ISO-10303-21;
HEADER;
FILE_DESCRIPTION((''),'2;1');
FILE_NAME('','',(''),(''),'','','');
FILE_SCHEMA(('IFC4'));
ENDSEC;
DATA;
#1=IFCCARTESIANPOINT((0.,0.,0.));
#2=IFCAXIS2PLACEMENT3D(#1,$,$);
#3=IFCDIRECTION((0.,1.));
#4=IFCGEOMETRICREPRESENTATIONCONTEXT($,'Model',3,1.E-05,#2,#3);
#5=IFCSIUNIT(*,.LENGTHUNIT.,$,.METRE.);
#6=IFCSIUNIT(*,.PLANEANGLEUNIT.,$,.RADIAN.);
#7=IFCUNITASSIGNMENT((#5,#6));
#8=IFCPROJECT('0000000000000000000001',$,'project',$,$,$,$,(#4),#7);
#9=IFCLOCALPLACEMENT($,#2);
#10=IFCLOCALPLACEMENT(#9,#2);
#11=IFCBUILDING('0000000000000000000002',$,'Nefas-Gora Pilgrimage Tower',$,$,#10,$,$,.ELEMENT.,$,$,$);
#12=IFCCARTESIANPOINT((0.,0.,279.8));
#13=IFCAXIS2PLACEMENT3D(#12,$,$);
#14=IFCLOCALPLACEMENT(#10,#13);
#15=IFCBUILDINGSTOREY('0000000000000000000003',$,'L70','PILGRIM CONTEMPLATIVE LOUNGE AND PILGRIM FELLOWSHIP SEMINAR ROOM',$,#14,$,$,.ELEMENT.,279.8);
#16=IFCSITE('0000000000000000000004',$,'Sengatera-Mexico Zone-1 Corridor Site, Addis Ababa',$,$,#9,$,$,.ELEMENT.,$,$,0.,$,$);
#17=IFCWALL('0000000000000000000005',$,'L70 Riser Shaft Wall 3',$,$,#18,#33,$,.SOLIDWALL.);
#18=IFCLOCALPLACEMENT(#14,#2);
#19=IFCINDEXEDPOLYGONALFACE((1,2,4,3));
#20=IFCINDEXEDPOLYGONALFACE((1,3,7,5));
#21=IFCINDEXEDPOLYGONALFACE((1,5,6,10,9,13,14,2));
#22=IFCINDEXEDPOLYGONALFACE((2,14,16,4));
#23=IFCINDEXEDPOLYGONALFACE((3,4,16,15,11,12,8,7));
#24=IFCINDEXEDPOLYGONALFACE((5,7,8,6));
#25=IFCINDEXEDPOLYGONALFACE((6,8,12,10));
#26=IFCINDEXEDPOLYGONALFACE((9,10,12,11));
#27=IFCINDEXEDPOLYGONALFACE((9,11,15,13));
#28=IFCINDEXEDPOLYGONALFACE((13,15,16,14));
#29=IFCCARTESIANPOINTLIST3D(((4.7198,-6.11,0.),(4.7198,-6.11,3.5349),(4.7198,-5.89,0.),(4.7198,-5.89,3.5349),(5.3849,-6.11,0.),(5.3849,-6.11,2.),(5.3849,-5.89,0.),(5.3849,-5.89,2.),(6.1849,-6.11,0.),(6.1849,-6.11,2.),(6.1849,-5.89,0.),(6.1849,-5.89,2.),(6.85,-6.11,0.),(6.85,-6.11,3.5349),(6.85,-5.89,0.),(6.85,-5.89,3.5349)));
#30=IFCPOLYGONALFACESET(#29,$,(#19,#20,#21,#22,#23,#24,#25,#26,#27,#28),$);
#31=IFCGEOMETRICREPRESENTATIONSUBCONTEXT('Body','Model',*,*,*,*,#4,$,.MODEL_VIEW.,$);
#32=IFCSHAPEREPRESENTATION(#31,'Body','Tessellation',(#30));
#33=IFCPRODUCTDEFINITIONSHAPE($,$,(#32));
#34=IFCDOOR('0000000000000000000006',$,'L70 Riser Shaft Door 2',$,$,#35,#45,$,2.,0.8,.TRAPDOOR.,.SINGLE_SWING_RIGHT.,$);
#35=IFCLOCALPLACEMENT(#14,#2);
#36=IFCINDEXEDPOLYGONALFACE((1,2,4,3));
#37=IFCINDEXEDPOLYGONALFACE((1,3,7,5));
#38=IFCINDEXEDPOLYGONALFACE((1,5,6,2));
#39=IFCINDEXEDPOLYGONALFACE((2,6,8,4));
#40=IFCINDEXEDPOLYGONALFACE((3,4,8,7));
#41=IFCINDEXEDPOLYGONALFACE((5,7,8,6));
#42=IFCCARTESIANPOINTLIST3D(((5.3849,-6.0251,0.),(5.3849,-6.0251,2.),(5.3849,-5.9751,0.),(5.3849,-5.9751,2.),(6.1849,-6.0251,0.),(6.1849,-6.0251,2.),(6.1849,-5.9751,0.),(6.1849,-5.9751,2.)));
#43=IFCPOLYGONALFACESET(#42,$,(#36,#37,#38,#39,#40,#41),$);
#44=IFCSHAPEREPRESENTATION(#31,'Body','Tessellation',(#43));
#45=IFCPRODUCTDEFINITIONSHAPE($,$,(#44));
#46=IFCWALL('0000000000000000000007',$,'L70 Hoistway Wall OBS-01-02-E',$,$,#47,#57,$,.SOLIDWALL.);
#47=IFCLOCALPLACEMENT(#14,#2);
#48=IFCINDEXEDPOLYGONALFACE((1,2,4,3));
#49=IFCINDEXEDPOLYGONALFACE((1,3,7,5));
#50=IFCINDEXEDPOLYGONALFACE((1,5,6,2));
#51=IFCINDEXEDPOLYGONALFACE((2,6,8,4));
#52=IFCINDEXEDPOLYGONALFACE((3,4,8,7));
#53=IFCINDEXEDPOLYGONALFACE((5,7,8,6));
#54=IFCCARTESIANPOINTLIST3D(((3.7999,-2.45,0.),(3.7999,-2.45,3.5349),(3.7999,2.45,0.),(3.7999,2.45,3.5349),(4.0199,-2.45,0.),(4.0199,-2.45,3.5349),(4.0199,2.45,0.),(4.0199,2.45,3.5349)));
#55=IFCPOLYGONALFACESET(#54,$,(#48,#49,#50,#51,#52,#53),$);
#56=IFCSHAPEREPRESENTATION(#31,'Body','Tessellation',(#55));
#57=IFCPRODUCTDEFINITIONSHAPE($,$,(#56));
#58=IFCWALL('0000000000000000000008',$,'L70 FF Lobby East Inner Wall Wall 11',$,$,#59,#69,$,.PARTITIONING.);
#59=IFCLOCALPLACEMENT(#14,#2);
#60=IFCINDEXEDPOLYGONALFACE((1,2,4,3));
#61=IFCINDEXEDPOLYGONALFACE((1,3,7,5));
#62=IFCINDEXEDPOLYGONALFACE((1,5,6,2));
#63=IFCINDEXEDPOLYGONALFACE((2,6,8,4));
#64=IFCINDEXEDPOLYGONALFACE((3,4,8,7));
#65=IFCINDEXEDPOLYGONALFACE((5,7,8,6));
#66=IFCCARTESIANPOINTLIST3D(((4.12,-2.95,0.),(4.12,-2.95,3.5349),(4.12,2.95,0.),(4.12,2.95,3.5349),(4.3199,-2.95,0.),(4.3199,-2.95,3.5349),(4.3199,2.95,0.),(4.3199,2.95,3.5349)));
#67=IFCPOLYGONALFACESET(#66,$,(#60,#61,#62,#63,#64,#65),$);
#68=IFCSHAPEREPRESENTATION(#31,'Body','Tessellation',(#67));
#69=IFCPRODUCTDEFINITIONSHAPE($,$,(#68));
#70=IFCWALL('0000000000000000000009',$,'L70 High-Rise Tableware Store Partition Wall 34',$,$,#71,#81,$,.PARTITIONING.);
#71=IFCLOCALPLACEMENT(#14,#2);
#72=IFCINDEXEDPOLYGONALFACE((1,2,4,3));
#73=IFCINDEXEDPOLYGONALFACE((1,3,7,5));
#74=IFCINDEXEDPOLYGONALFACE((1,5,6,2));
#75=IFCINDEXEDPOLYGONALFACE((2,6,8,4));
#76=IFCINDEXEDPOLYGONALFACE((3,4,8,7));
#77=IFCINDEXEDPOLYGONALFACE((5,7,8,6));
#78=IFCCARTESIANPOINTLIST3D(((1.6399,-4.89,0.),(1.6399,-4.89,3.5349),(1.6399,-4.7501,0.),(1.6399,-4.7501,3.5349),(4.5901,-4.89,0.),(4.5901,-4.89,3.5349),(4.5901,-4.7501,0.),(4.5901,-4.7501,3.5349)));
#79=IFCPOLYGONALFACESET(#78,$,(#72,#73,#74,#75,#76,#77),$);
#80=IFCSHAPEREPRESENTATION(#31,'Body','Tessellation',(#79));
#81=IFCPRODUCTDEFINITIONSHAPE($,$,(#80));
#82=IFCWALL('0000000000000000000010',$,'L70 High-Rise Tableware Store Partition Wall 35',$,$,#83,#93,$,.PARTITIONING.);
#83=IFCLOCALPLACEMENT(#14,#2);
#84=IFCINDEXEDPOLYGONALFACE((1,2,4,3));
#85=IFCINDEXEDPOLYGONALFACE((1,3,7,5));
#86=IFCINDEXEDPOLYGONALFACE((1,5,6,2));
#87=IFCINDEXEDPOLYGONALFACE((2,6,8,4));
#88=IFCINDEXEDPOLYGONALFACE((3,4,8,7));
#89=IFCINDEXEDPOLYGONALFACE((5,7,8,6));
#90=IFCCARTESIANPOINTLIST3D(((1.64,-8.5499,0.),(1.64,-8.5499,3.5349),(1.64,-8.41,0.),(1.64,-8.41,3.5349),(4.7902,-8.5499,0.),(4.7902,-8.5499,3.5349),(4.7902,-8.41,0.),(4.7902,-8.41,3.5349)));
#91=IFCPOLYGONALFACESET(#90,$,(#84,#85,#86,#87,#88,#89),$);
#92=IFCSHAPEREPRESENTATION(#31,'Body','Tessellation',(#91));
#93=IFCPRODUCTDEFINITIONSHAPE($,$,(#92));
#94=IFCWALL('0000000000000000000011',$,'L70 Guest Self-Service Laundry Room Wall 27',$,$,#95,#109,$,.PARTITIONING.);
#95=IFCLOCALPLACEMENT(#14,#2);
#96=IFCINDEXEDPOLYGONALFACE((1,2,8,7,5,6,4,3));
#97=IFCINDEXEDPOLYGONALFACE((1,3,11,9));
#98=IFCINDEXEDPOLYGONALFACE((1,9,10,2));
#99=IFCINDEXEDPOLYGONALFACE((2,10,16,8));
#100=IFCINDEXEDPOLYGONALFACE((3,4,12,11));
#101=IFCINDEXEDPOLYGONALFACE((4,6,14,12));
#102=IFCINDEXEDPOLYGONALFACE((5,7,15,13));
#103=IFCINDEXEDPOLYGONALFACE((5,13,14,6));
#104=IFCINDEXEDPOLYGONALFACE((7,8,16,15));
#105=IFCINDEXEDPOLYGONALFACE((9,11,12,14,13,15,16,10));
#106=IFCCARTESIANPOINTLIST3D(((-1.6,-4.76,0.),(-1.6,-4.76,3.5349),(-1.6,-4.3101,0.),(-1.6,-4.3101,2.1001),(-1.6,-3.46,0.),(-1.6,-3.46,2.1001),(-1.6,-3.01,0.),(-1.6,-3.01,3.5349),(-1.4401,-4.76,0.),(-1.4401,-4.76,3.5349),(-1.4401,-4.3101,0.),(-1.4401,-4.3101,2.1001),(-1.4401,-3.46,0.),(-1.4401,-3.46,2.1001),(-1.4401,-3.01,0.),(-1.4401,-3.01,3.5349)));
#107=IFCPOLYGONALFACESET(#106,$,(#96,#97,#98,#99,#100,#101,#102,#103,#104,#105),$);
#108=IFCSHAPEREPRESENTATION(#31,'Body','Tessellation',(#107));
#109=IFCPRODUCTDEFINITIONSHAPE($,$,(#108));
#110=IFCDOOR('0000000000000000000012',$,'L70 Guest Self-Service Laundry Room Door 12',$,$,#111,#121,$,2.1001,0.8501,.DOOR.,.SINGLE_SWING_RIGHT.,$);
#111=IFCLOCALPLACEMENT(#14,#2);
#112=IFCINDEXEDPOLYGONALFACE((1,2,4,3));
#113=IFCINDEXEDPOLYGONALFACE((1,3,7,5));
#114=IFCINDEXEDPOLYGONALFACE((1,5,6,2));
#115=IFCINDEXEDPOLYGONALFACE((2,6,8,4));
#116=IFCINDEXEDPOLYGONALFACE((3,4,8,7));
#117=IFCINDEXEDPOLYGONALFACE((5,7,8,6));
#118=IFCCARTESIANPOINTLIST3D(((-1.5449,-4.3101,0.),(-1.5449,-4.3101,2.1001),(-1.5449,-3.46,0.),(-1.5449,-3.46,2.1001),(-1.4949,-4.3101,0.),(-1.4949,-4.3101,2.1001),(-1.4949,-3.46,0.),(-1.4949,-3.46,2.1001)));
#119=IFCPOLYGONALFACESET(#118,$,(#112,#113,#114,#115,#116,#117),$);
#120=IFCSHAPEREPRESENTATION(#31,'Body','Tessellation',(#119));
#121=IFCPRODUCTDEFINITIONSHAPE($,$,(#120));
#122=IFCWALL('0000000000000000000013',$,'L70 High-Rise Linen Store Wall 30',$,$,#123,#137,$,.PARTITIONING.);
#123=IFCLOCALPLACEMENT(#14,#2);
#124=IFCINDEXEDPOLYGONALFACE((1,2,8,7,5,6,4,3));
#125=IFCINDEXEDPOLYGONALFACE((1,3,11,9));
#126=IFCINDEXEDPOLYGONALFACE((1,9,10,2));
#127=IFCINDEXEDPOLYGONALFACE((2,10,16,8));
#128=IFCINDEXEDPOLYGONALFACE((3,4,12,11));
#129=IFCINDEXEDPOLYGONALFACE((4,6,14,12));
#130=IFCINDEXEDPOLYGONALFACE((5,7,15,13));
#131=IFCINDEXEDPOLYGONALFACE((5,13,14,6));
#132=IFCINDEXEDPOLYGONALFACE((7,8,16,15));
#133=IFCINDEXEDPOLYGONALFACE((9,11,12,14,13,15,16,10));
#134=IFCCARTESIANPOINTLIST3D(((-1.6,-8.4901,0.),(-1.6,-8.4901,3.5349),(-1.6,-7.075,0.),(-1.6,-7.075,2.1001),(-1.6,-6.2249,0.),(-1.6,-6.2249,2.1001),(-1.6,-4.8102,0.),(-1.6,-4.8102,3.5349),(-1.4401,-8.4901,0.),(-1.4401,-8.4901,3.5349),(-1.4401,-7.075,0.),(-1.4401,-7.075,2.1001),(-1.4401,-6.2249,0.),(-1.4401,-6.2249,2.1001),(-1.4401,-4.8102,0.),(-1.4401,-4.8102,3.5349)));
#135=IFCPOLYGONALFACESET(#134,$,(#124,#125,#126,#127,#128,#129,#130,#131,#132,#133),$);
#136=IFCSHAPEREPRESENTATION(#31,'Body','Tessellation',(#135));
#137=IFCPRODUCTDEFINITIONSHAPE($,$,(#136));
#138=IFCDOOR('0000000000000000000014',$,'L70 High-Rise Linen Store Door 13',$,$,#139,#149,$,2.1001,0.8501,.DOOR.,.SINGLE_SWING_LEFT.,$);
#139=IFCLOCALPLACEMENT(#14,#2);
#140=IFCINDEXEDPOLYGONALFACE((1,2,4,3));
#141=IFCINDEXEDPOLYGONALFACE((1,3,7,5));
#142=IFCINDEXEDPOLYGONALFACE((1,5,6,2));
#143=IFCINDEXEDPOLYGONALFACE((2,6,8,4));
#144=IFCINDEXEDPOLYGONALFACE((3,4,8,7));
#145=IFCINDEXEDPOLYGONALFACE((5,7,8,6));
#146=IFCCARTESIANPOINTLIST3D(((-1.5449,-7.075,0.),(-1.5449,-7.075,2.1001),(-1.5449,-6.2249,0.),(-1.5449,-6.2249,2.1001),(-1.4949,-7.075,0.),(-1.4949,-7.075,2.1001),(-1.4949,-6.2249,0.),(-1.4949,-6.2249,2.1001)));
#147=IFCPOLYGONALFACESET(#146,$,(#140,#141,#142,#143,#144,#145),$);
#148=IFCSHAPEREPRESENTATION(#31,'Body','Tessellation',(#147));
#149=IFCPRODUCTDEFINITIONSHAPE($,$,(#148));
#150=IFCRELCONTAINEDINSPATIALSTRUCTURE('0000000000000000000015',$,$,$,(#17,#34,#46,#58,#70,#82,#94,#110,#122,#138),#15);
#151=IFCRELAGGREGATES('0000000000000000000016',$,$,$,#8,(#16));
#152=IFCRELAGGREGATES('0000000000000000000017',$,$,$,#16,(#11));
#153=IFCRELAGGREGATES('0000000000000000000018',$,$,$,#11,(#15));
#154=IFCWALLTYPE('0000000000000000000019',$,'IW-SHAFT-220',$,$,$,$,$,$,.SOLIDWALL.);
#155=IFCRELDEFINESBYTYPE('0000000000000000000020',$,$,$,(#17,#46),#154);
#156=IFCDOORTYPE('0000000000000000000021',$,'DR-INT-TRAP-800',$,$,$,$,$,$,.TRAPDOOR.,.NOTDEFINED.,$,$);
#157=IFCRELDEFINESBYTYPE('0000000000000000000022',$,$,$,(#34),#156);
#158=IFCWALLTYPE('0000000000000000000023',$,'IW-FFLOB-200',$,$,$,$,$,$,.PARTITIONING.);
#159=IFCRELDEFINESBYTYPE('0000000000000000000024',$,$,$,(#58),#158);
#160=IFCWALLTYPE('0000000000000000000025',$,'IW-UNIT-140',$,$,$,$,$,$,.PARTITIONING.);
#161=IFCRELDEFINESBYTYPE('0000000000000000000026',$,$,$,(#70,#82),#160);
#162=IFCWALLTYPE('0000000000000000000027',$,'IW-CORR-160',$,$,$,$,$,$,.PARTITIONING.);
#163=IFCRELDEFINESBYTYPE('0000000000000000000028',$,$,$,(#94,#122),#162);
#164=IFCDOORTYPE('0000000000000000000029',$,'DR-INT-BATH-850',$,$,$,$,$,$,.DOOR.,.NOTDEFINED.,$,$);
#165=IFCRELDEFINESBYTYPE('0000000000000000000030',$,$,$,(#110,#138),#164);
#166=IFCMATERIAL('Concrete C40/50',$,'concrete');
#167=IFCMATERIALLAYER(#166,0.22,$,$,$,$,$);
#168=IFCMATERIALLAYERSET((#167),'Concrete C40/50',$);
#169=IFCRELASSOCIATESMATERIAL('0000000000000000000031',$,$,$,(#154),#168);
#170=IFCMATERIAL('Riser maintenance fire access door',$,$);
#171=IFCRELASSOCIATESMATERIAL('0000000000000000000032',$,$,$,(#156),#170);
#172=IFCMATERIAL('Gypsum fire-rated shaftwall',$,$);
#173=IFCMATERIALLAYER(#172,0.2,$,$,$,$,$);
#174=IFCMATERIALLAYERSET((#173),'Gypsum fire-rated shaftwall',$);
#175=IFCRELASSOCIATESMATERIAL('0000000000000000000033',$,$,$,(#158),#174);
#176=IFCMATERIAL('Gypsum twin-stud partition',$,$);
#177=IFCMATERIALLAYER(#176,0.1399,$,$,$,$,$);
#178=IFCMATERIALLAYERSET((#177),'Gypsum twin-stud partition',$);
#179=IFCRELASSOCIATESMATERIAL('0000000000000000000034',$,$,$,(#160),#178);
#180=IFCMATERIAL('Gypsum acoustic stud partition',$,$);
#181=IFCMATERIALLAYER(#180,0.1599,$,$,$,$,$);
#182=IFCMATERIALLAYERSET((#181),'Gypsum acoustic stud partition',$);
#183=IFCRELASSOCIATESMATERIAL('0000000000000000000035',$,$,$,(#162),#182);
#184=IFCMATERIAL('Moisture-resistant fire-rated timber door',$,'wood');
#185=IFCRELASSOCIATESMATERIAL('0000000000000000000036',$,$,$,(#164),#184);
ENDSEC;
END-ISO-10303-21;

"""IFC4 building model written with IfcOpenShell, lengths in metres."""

from ifc_helpers import new_model, si_unit, direction, frame, frame_2d, origin, place, context, subcontext, project, spatial, rectangle, extrude, source, transform, mapped, material, layer, layer_set, type_object, element, fill, save


model = new_model("IFC4")

# Units and contexts
model_context = context("Model", 3, precision=1e-05, world=origin(), true_north=direction((0.0, 1.0)))
body_context = subcontext(model_context, "Body", "Model", "MODEL_VIEW")
ifc_project = project(units=[si_unit("LENGTHUNIT", "METRE"), si_unit("PLANEANGLEUNIT", "RADIAN")], contexts=[model_context])

# Site, building, storey
site_placement = place(None, origin())
site = spatial("IfcSite", under=ifc_project, at=site_placement, Name="Sengatera-Mexico Zone-1 Corridor Site, Addis Ababa", CompositionType="ELEMENT", RefElevation=0.0)
building_placement = place(site_placement, origin())
building = spatial("IfcBuilding", under=site, at=building_placement, Name="Nefas-Gora Pilgrimage Tower", CompositionType="ELEMENT")
storey_placement = place(building_placement, frame((0.0, 0.0, 279.8)))
storey = spatial("IfcBuildingStorey", under=building, at=storey_placement, Name="L70", Description="PILGRIM CONTEMPLATIVE LOUNGE AND PILGRIM FELLOWSHIP SEMINAR ROOM", CompositionType="ELEMENT", Elevation=279.8)

# Shared definitions
ifc_material_1 = material(Name="Concrete C40/50", Category="concrete")

# Shared definitions
ifc_layer_1 = layer(ifc_material_1, 0.22)
ifc_layer_set_1 = layer_set([ifc_layer_1], Name="Concrete C40/50")
wall_type_1 = type_object("IfcWallType", Name="IW-SHAFT-220", PredefinedType="SOLIDWALL", material=ifc_layer_set_1)

# Shared definitions
shared_shape_1 = source(origin(), body_context, "Body", "SweptSolid", [
    extrude(rectangle(XDim=2.1301, YDim=0.22, at=frame_2d((1.0649, 0.0))), origin(), (0.0, 0.0, 1.0), 3.5349),
])

# Wall, opening, door
wall_1_placement = place(storey_placement, frame((4.72, -6.0, 0.0), z_axis=(0.0, 0.0, 1.0), x_axis=(1.0, 0.0, 0.0)))
wall_1 = element("IfcWall", 1, at=wall_1_placement, inside=storey, type_object=wall_type_1, Name="L70 Riser Shaft Wall 3", PredefinedType="SOLIDWALL", context=body_context, shape_type="MappedRepresentation", body=[
    mapped(shared_shape_1, transform((0.0, 0.0, 0.0), x_axis=(1.0, 0.0, 0.0), y_axis=(0.0, 1.0, 0.0), z_axis=(0.0, 0.0, 1.0), scale=1.0)),
])
opening_1_placement = place(wall_1_placement, frame((0.665, 0.0, 0.0)))
opening_1 = element("IfcOpeningElement", 2, at=opening_1_placement, cuts=wall_1, PredefinedType="OPENING", context=body_context, shape_type="SweptSolid", body=[
    extrude(rectangle(XDim=0.8, YDim=2.0, at=frame_2d((0.3999, 1.0))), frame((0.0, 0.1199, 0.0), z_axis=(0.0, -1.0, 0.0), x_axis=(1.0, 0.0, 0.0)), (0.0, 0.0, 1.0), 0.24),
])
ifc_material_2 = material(Name="Riser maintenance fire access door")
door_type_1 = type_object("IfcDoorType", Name="DR-INT-TRAP-800", OperationType="NOTDEFINED", PredefinedType="TRAPDOOR", material=ifc_material_2)
shared_shape_2 = source(origin(), body_context, "Body", "SweptSolid", [
    extrude(rectangle(XDim=0.8, YDim=2.0, at=frame_2d((0.3999, 1.0))), frame((0.0, 0.0249, 0.0), z_axis=(0.0, -1.0, 0.0), x_axis=(1.0, 0.0, 0.0)), (0.0, 0.0, 1.0), 0.05),
])
door_1_placement = place(opening_1_placement, origin())
door_1 = element("IfcDoor", 3, at=door_1_placement, inside=storey, type_object=door_type_1, Name="L70 Riser Shaft Door 2", OperationType="SINGLE_SWING_RIGHT", OverallHeight=2.0, OverallWidth=0.8, PredefinedType="TRAPDOOR", context=body_context, shape_type="MappedRepresentation", body=[
    mapped(shared_shape_2, transform((0.0, 0.0, 0.0), x_axis=(1.0, 0.0, 0.0), y_axis=(0.0, 1.0, 0.0), z_axis=(0.0, 0.0, 1.0), scale=1.0)),
])
fill(opening_1, door_1)

# Walls
shared_shape_3 = source(origin(), body_context, "Body", "SweptSolid", [
    extrude(rectangle(XDim=4.8999, YDim=0.22, at=frame_2d((2.45, 0.0))), origin(), (0.0, 0.0, 1.0), 3.5349),
])
wall_2_placement = place(storey_placement, frame((3.9099, -2.45, 0.0), z_axis=(0.0, 0.0, 1.0), x_axis=(0.0, 1.0, 0.0)))
element("IfcWall", 4, at=wall_2_placement, inside=storey, type_object=wall_type_1, Name="L70 Hoistway Wall OBS-01-02-E", PredefinedType="SOLIDWALL", context=body_context, shape_type="MappedRepresentation", body=[
    mapped(shared_shape_3, transform((0.0, 0.0, 0.0), x_axis=(1.0, 0.0, 0.0), y_axis=(0.0, 1.0, 0.0), z_axis=(0.0, 0.0, 1.0), scale=1.0)),
])
ifc_material_3 = material(Name="Gypsum fire-rated shaftwall")
ifc_layer_2 = layer(ifc_material_3, 0.2)
ifc_layer_set_2 = layer_set([ifc_layer_2], Name="Gypsum fire-rated shaftwall")
wall_type_2 = type_object("IfcWallType", Name="IW-FFLOB-200", PredefinedType="PARTITIONING", material=ifc_layer_set_2)
shared_shape_4 = source(origin(), body_context, "Body", "SweptSolid", [
    extrude(rectangle(XDim=5.8999, YDim=0.2, at=frame_2d((2.95, 0.0))), origin(), (0.0, 0.0, 1.0), 3.5349),
])
wall_3_placement = place(storey_placement, frame((4.22, -2.95, 0.0), z_axis=(0.0, 0.0, 1.0), x_axis=(0.0, 1.0, 0.0)))
element("IfcWall", 5, at=wall_3_placement, inside=storey, type_object=wall_type_2, Name="L70 FF Lobby East Inner Wall Wall 11", PredefinedType="PARTITIONING", context=body_context, shape_type="MappedRepresentation", body=[
    mapped(shared_shape_4, transform((0.0, 0.0, 0.0), x_axis=(1.0, 0.0, 0.0), y_axis=(0.0, 1.0, 0.0), z_axis=(0.0, 0.0, 1.0), scale=1.0)),
])
ifc_material_4 = material(Name="Gypsum twin-stud partition")
ifc_layer_3 = layer(ifc_material_4, 0.1399)
ifc_layer_set_3 = layer_set([ifc_layer_3], Name="Gypsum twin-stud partition")
wall_type_3 = type_object("IfcWallType", Name="IW-UNIT-140", PredefinedType="PARTITIONING", material=ifc_layer_set_3)
shared_shape_5 = source(origin(), body_context, "Body", "SweptSolid", [
    extrude(rectangle(XDim=2.9502, YDim=0.1399, at=frame_2d((1.4751, 0.0))), origin(), (0.0, 0.0, 1.0), 3.5349),
])
wall_4_placement = place(storey_placement, frame((1.6399, -4.8201, 0.0), z_axis=(0.0, 0.0, 1.0), x_axis=(1.0, 0.0, 0.0)))
element("IfcWall", 6, at=wall_4_placement, inside=storey, type_object=wall_type_3, Name="L70 High-Rise Tableware Store Partition Wall 34", PredefinedType="PARTITIONING", context=body_context, shape_type="MappedRepresentation", body=[
    mapped(shared_shape_5, transform((0.0, 0.0, 0.0), x_axis=(1.0, 0.0, 0.0), y_axis=(0.0, 1.0, 0.0), z_axis=(0.0, 0.0, 1.0), scale=1.0)),
])
shared_shape_6 = source(origin(), body_context, "Body", "SweptSolid", [
    extrude(rectangle(XDim=3.1501, YDim=0.1399, at=frame_2d((1.5752, 0.0))), origin(), (0.0, 0.0, 1.0), 3.5349),
])
wall_5_placement = place(storey_placement, frame((1.6399, -8.48, 0.0), z_axis=(0.0, 0.0, 1.0), x_axis=(1.0, 0.0, 0.0)))
element("IfcWall", 7, at=wall_5_placement, inside=storey, type_object=wall_type_3, Name="L70 High-Rise Tableware Store Partition Wall 35", PredefinedType="PARTITIONING", context=body_context, shape_type="MappedRepresentation", body=[
    mapped(shared_shape_6, transform((0.0, 0.0, 0.0), x_axis=(1.0, 0.0, 0.0), y_axis=(0.0, 1.0, 0.0), z_axis=(0.0, 0.0, 1.0), scale=1.0)),
])

# Walls, openings, doors
ifc_material_5 = material(Name="Gypsum acoustic stud partition")
ifc_layer_4 = layer(ifc_material_5, 0.1599)
ifc_layer_set_4 = layer_set([ifc_layer_4], Name="Gypsum acoustic stud partition")
wall_type_4 = type_object("IfcWallType", Name="IW-CORR-160", PredefinedType="PARTITIONING", material=ifc_layer_set_4)
shared_shape_7 = source(origin(), body_context, "Body", "SweptSolid", [
    extrude(rectangle(XDim=1.75, YDim=0.1599, at=frame_2d((0.875, 0.0))), origin(), (0.0, 0.0, 1.0), 3.5349),
])
wall_6_placement = place(storey_placement, frame((-1.52, -4.76, 0.0), z_axis=(0.0, 0.0, 1.0), x_axis=(0.0, 1.0, 0.0)))
wall_6 = element("IfcWall", 8, at=wall_6_placement, inside=storey, type_object=wall_type_4, Name="L70 Guest Self-Service Laundry Room Wall 27", PredefinedType="PARTITIONING", context=body_context, shape_type="MappedRepresentation", body=[
    mapped(shared_shape_7, transform((0.0, 0.0, 0.0), x_axis=(1.0, 0.0, 0.0), y_axis=(0.0, 1.0, 0.0), z_axis=(0.0, 0.0, 1.0), scale=1.0)),
])
opening_2_placement = place(wall_6_placement, frame((0.45, 0.0, 0.0)))
opening_2 = element("IfcOpeningElement", 9, at=opening_2_placement, cuts=wall_6, PredefinedType="OPENING", context=body_context, shape_type="SweptSolid", body=[
    extrude(rectangle(XDim=0.8501, YDim=2.1001, at=frame_2d((0.425, 1.05))), frame((0.0, 0.0898, 0.0), z_axis=(0.0, -1.0, 0.0), x_axis=(1.0, 0.0, 0.0)), (0.0, 0.0, 1.0), 0.1799),
])
ifc_material_6 = material(Name="Moisture-resistant fire-rated timber door", Category="wood")
door_type_2 = type_object("IfcDoorType", Name="DR-INT-BATH-850", OperationType="NOTDEFINED", PredefinedType="DOOR", material=ifc_material_6)
shared_shape_8 = source(origin(), body_context, "Body", "SweptSolid", [
    extrude(rectangle(XDim=0.8501, YDim=2.1001, at=frame_2d((0.425, 1.05))), frame((0.0, 0.0249, 0.0), z_axis=(0.0, -1.0, 0.0), x_axis=(1.0, 0.0, 0.0)), (0.0, 0.0, 1.0), 0.05),
])
door_2_placement = place(opening_2_placement, origin())
door_2 = element("IfcDoor", 10, at=door_2_placement, inside=storey, type_object=door_type_2, Name="L70 Guest Self-Service Laundry Room Door 12", OperationType="SINGLE_SWING_RIGHT", OverallHeight=2.1001, OverallWidth=0.8501, PredefinedType="DOOR", context=body_context, shape_type="MappedRepresentation", body=[
    mapped(shared_shape_8, transform((0.0, 0.0, 0.0), x_axis=(1.0, 0.0, 0.0), y_axis=(0.0, 1.0, 0.0), z_axis=(0.0, 0.0, 1.0), scale=1.0)),
])
fill(opening_2, door_2)
shared_shape_9 = source(origin(), body_context, "Body", "SweptSolid", [
    extrude(rectangle(XDim=3.6799, YDim=0.1599, at=frame_2d((1.8398, 0.0))), origin(), (0.0, 0.0, 1.0), 3.5349),
])
wall_7_placement = place(storey_placement, frame((-1.52, -8.49, 0.0), z_axis=(0.0, 0.0, 1.0), x_axis=(0.0, 1.0, 0.0)))
wall_7 = element("IfcWall", 11, at=wall_7_placement, inside=storey, type_object=wall_type_4, Name="L70 High-Rise Linen Store Wall 30", PredefinedType="PARTITIONING", context=body_context, shape_type="MappedRepresentation", body=[
    mapped(shared_shape_9, transform((0.0, 0.0, 0.0), x_axis=(1.0, 0.0, 0.0), y_axis=(0.0, 1.0, 0.0), z_axis=(0.0, 0.0, 1.0), scale=1.0)),
])
opening_3_placement = place(wall_7_placement, frame((1.415, 0.0, 0.0)))
opening_3 = element("IfcOpeningElement", 12, at=opening_3_placement, cuts=wall_7, PredefinedType="OPENING", context=body_context, shape_type="SweptSolid", body=[
    extrude(rectangle(XDim=0.8501, YDim=2.1001, at=frame_2d((0.425, 1.05))), frame((0.0, 0.0898, 0.0), z_axis=(0.0, -1.0, 0.0), x_axis=(1.0, 0.0, 0.0)), (0.0, 0.0, 1.0), 0.1799),
])
door_3_placement = place(opening_3_placement, origin())
door_3 = element("IfcDoor", 13, at=door_3_placement, inside=storey, type_object=door_type_2, Name="L70 High-Rise Linen Store Door 13", OperationType="SINGLE_SWING_LEFT", OverallHeight=2.1001, OverallWidth=0.8501, PredefinedType="DOOR", context=body_context, shape_type="MappedRepresentation", body=[
    mapped(shared_shape_8, transform((0.0, 0.0, 0.0), x_axis=(1.0, 0.0, 0.0), y_axis=(0.0, 1.0, 0.0), z_axis=(0.0, 0.0, 1.0), scale=1.0)),
])
fill(opening_3, door_3)

save(model, "model.ifc")
